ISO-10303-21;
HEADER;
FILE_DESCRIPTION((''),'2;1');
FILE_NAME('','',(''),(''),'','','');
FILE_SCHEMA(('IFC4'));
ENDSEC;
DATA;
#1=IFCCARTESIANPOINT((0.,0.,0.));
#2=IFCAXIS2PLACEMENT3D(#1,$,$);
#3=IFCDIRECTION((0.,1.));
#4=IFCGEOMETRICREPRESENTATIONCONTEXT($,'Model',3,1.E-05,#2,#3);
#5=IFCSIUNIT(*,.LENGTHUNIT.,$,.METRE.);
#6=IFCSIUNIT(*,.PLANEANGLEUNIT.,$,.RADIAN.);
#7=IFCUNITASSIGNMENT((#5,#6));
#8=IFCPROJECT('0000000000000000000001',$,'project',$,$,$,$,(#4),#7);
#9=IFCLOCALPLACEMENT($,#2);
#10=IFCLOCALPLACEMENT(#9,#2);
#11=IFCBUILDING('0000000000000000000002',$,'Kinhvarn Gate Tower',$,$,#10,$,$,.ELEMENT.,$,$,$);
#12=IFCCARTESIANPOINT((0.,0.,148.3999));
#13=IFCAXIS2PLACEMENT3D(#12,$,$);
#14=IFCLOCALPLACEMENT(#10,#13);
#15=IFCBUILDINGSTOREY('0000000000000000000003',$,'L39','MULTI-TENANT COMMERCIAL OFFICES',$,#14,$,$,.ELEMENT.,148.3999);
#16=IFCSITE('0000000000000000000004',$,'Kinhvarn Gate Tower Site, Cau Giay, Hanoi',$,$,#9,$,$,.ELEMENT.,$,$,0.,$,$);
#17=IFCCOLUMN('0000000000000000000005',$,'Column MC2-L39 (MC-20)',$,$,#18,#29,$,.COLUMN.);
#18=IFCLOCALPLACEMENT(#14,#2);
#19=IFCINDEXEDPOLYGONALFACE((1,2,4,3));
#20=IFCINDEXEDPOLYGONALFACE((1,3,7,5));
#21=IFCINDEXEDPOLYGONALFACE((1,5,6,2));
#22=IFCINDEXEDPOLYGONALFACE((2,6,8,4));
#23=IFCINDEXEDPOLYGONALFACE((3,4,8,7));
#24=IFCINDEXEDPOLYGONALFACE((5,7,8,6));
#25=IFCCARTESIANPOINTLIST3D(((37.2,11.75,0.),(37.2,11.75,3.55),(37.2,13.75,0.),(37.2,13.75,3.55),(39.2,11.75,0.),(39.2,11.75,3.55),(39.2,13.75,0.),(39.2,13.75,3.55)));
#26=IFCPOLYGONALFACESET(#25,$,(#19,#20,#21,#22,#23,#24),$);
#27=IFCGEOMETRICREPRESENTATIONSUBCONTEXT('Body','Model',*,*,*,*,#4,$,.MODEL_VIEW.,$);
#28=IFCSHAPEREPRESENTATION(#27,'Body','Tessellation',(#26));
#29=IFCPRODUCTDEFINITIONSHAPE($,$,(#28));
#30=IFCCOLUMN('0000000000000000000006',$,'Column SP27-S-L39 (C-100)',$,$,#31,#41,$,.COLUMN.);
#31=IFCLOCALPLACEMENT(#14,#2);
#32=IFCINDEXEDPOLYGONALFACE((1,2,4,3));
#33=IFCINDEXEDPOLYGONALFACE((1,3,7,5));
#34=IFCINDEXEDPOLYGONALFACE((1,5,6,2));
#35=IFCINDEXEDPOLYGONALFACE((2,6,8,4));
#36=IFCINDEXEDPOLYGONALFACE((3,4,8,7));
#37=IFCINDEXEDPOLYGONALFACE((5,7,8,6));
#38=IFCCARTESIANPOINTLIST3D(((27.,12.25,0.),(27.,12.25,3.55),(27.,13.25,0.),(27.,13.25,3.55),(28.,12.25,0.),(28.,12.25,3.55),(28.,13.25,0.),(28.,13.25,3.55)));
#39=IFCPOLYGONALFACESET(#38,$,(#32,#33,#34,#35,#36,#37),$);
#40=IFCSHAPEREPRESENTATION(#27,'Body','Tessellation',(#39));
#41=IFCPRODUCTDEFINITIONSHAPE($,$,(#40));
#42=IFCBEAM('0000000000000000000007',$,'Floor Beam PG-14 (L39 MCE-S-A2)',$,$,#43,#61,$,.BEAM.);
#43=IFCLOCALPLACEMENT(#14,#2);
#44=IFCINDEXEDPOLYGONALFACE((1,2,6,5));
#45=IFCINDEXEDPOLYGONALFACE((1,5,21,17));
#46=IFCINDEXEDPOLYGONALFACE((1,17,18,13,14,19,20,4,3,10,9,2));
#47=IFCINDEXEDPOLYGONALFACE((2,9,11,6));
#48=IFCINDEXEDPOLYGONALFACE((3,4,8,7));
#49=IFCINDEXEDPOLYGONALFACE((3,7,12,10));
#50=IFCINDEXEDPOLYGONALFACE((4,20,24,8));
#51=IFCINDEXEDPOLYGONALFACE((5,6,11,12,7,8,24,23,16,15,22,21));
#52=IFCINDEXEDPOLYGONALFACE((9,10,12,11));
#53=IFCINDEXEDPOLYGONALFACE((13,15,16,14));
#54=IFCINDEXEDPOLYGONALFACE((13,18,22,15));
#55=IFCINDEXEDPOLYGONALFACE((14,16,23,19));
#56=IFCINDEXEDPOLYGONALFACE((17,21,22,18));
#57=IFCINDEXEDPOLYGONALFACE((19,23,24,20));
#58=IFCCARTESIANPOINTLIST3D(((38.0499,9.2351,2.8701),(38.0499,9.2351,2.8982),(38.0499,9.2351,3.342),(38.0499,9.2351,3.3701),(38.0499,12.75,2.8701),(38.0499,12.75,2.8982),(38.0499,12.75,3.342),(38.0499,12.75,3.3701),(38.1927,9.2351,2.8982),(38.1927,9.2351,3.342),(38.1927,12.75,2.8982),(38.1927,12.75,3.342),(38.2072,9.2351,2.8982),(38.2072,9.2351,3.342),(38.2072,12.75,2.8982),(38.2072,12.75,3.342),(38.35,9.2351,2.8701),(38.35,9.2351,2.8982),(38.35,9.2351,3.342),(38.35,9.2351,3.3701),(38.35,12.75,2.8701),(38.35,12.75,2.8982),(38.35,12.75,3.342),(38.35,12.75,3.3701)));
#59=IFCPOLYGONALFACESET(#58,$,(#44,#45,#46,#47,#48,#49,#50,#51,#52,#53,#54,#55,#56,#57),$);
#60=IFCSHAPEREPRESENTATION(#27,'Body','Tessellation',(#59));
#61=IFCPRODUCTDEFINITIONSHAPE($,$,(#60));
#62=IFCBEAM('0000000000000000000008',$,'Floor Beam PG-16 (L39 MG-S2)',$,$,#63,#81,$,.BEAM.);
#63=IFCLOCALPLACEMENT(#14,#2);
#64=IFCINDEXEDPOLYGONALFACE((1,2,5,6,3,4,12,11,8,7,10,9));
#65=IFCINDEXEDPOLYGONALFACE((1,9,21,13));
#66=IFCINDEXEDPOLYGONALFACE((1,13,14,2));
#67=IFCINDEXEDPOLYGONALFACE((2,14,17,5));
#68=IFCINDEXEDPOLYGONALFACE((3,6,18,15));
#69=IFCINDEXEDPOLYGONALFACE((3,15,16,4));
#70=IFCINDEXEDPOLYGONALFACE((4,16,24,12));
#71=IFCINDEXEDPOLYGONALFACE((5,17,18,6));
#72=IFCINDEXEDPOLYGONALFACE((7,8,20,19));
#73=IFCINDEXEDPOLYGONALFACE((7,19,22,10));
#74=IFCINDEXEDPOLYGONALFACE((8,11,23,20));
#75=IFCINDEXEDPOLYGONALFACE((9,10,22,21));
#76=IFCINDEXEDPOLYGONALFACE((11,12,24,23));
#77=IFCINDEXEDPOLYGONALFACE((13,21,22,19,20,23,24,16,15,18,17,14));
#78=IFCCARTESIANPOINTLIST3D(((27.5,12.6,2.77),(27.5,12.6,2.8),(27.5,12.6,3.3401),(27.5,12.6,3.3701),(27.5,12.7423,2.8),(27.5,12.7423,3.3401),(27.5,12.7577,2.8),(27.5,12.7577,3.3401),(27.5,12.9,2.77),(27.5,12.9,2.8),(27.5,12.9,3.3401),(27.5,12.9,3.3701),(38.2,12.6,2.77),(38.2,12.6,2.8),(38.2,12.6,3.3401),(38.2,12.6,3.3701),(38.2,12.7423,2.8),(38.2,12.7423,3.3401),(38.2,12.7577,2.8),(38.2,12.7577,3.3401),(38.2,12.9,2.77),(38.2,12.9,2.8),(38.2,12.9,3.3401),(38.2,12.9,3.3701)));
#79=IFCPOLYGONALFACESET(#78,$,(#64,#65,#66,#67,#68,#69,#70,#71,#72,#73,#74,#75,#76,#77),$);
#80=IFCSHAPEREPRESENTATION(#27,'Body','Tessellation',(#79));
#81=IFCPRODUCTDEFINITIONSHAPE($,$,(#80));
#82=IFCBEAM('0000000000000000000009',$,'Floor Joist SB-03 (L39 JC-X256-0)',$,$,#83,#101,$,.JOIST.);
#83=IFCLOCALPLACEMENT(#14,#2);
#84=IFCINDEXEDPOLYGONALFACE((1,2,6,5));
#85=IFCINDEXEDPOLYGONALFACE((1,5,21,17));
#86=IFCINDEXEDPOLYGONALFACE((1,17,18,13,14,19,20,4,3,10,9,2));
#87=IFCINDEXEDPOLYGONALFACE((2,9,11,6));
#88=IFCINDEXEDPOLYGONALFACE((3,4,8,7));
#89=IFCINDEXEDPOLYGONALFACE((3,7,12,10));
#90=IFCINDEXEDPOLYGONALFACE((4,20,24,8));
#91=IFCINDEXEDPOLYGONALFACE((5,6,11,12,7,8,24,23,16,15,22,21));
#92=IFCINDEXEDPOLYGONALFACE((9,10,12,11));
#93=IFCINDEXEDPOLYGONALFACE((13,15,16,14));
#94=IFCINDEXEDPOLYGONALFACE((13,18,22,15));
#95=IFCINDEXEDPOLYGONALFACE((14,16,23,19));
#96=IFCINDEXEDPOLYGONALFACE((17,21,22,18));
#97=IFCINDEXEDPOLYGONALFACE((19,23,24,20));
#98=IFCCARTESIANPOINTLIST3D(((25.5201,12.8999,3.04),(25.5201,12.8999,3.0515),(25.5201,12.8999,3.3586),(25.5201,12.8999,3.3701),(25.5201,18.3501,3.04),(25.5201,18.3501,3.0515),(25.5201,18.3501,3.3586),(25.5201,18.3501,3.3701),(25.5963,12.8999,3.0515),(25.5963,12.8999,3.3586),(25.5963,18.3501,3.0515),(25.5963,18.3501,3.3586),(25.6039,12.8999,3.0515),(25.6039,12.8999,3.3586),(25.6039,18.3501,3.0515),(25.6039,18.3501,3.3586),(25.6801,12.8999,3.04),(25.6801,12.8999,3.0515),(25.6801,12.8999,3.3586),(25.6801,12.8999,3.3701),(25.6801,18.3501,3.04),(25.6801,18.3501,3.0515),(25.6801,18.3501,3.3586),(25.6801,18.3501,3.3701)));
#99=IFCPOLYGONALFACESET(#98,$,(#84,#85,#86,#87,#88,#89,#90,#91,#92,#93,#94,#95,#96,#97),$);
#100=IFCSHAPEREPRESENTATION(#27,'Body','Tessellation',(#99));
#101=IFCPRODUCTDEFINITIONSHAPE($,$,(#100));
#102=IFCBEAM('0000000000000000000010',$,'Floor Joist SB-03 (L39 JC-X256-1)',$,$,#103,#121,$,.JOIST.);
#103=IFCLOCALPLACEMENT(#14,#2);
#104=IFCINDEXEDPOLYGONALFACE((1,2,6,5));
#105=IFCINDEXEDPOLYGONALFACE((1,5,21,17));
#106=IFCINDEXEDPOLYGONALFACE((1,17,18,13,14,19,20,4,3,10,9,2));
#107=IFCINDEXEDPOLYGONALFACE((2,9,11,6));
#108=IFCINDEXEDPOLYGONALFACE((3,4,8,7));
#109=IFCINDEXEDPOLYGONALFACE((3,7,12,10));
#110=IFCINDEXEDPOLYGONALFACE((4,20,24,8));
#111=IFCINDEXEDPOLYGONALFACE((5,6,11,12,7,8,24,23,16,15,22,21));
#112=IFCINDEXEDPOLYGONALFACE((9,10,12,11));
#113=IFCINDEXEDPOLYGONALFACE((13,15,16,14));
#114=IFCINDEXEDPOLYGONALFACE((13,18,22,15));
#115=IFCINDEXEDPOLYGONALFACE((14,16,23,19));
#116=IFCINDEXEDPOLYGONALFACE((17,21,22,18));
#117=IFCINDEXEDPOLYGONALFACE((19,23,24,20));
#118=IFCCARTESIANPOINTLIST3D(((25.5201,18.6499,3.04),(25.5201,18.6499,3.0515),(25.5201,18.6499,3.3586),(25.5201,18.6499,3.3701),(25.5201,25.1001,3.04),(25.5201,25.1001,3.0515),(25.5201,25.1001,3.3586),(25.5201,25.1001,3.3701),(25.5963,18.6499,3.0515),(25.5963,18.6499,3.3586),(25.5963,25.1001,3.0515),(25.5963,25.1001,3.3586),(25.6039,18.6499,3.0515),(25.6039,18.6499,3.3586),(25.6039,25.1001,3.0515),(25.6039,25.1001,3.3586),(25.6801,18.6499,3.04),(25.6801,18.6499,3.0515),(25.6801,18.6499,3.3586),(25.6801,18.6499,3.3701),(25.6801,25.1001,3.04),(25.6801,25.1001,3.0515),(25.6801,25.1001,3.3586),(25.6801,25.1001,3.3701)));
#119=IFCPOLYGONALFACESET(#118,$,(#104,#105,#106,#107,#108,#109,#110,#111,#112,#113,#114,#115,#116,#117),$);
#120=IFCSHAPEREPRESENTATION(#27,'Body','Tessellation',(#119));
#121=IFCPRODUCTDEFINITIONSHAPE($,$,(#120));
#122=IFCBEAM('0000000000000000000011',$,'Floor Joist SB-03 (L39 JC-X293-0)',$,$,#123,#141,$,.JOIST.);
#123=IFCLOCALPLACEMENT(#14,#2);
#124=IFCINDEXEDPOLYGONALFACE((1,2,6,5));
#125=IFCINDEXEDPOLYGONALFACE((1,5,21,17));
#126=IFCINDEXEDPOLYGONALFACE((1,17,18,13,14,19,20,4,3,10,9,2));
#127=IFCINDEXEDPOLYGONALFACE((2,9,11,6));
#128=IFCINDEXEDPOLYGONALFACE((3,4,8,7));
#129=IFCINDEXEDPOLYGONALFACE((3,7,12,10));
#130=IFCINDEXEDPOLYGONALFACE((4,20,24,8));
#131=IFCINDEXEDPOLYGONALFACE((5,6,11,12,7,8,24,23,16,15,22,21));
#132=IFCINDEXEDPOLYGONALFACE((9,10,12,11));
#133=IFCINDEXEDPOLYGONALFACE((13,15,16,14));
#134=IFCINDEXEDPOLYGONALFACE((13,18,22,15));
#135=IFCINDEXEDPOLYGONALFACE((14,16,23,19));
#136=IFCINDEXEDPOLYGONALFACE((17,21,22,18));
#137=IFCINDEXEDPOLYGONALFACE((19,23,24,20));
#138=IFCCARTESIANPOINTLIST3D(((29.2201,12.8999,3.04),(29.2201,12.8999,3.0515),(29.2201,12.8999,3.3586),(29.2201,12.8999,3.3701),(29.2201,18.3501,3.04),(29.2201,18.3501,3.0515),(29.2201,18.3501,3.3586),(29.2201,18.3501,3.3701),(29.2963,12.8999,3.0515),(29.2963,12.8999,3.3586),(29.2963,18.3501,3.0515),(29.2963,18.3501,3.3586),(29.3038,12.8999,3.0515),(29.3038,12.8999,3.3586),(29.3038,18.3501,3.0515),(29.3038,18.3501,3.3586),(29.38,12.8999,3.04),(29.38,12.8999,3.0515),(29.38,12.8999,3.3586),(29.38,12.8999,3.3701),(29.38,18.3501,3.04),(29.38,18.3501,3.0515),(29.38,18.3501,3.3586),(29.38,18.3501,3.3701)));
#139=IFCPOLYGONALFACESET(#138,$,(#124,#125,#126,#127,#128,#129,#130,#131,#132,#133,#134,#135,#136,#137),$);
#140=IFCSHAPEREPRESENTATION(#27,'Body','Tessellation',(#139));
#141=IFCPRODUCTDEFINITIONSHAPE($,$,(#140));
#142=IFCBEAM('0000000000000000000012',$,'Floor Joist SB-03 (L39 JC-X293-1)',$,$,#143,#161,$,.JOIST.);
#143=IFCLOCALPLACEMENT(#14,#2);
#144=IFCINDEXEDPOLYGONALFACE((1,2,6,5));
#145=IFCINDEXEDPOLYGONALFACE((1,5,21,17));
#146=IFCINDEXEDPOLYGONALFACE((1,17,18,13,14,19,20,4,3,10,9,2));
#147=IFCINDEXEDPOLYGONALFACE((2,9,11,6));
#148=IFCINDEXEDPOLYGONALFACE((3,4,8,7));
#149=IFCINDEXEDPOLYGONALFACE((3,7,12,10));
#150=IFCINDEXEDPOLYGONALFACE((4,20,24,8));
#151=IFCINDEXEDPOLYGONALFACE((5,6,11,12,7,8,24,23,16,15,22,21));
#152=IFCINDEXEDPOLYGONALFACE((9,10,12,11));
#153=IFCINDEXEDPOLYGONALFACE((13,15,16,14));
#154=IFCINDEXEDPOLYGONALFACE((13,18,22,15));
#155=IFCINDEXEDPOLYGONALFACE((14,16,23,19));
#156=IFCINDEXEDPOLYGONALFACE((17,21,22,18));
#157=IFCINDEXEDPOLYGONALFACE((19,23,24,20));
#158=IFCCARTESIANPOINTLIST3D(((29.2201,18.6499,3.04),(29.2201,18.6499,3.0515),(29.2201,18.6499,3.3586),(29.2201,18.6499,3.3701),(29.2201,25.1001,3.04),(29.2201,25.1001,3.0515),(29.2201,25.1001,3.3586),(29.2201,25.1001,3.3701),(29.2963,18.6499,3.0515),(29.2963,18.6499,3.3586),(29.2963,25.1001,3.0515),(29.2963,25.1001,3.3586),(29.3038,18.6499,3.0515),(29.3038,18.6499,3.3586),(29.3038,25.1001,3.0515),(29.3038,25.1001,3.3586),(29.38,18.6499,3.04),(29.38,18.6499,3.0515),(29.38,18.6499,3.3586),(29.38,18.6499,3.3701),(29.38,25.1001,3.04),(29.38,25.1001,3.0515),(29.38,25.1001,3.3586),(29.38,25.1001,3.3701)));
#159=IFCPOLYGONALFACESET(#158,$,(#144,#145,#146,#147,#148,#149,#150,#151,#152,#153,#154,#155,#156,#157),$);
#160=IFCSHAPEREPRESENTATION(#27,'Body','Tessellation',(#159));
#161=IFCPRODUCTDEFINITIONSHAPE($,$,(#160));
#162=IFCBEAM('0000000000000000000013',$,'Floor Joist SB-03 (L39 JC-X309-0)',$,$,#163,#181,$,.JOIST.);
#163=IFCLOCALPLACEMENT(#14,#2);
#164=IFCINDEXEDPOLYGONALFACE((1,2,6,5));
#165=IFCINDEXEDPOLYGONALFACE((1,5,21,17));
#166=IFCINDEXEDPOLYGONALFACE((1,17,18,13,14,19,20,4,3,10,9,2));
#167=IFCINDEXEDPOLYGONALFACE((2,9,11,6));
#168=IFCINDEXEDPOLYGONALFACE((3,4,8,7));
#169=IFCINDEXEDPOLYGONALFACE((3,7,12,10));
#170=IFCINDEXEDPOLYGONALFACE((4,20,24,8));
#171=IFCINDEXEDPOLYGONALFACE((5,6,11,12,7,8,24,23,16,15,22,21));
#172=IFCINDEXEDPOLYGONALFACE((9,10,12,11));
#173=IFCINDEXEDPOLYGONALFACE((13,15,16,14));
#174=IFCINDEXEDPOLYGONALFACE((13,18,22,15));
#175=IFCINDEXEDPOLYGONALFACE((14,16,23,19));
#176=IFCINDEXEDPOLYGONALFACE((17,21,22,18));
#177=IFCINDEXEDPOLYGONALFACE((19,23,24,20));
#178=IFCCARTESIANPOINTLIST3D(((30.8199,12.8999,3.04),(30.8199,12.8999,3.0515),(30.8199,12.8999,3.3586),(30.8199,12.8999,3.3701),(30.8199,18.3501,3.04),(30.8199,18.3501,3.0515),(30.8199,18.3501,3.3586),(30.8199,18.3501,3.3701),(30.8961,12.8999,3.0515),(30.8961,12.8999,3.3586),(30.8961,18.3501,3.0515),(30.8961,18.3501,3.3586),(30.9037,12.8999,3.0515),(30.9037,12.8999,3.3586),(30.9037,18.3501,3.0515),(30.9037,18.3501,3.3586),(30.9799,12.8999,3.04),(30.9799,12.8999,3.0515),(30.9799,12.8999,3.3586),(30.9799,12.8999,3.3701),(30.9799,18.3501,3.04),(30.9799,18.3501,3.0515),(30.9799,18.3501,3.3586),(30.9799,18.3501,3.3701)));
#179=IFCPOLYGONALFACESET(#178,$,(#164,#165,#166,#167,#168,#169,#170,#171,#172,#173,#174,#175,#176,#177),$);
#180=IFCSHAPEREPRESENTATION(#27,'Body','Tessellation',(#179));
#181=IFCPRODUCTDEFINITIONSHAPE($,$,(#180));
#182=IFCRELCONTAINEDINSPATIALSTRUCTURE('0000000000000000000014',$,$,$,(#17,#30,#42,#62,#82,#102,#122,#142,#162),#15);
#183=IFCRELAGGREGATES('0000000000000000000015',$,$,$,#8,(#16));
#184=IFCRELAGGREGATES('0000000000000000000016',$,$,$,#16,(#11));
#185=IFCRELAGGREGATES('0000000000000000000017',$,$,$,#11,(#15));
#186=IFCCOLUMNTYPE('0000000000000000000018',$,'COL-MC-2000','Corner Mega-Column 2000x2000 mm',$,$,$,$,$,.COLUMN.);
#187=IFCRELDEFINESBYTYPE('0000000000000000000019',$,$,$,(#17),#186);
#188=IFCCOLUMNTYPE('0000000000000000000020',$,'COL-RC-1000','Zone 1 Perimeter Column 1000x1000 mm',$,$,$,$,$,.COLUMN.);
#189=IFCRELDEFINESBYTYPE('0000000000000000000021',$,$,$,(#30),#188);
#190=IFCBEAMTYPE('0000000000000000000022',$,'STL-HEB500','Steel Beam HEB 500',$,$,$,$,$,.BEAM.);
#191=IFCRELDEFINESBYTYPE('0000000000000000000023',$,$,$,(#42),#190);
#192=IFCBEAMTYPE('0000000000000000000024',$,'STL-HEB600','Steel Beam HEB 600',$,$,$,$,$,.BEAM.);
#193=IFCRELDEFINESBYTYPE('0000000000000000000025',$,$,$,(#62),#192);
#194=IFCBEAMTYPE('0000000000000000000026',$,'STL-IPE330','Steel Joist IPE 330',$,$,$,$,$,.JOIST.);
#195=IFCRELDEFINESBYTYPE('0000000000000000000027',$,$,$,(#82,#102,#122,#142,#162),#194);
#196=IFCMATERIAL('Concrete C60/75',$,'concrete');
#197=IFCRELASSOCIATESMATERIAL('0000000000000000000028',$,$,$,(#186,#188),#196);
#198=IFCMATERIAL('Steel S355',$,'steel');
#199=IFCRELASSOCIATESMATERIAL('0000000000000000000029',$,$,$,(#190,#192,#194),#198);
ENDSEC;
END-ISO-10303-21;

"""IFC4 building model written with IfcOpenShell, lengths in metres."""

from ifc_helpers import new_model, si_unit, direction, frame, origin, origin_2d, place, context, subcontext, project, spatial, rectangle, i_section, extrude, material, material_profile, profile_set, type_object, element, save


model = new_model("IFC4")

# Units and contexts
model_context = context("Model", 3, precision=1e-05, world=origin(), true_north=direction((0.0, 1.0)))
body_context = subcontext(model_context, "Body", "Model", "MODEL_VIEW")
ifc_project = project(units=[si_unit("LENGTHUNIT", "METRE"), si_unit("PLANEANGLEUNIT", "RADIAN")], contexts=[model_context])

# Site, building, storey
site_placement = place(None, origin())
site = spatial("IfcSite", under=ifc_project, at=site_placement, Name="Kinhvarn Gate Tower Site, Cau Giay, Hanoi", CompositionType="ELEMENT", RefElevation=0.0)
building_placement = place(site_placement, origin())
building = spatial("IfcBuilding", under=site, at=building_placement, Name="Kinhvarn Gate Tower", CompositionType="ELEMENT")
storey_placement = place(building_placement, frame((0.0, 0.0, 148.3999)))
storey = spatial("IfcBuildingStorey", under=building, at=storey_placement, Name="L39", Description="MULTI-TENANT COMMERCIAL OFFICES", CompositionType="ELEMENT", Elevation=148.3999)

# Columns
ifc_material_1 = material(Name="Concrete C60/75", Category="concrete")
ifc_material_profile_1 = material_profile(ifc_material_1, rectangle(XDim=2.0, YDim=2.0, at=origin_2d()), Name="RC 2000x2000")
ifc_profile_set_1 = profile_set([ifc_material_profile_1], Name="Concrete C60/75")
column_type_1 = type_object("IfcColumnType", Name="COL-MC-2000", Description="Corner Mega-Column 2000x2000 mm", PredefinedType="COLUMN", material=ifc_profile_set_1)
column_1_placement = place(storey_placement, frame((38.2, 12.75, 0.0), z_axis=(0.0, 0.0, 1.0), x_axis=(1.0, 0.0, 0.0)))
element("IfcColumn", 1, at=column_1_placement, inside=storey, type_object=column_type_1, Name="Column MC2-L39 (MC-20)", PredefinedType="COLUMN", context=body_context, shape_type="SweptSolid", body=[
    extrude(rectangle(XDim=2.0, YDim=2.0, at=origin_2d()), origin(), (0.0, 0.0, 1.0), 3.55),
])
ifc_material_profile_2 = material_profile(ifc_material_1, rectangle(XDim=1.0, YDim=1.0, at=origin_2d()), Name="RC 1000x1000")
ifc_profile_set_2 = profile_set([ifc_material_profile_2], Name="Concrete C60/75")
column_type_2 = type_object("IfcColumnType", Name="COL-RC-1000", Description="Zone 1 Perimeter Column 1000x1000 mm", PredefinedType="COLUMN", material=ifc_profile_set_2)
column_2_placement = place(storey_placement, frame((27.5, 12.75, 0.0), z_axis=(0.0, 0.0, 1.0), x_axis=(1.0, 0.0, 0.0)))
element("IfcColumn", 2, at=column_2_placement, inside=storey, type_object=column_type_2, Name="Column SP27-S-L39 (C-100)", PredefinedType="COLUMN", context=body_context, shape_type="SweptSolid", body=[
    extrude(rectangle(XDim=1.0, YDim=1.0, at=origin_2d()), origin(), (0.0, 0.0, 1.0), 3.55),
])

# Beams
ifc_material_2 = material(Name="Steel S355", Category="steel")
ifc_material_profile_3 = material_profile(ifc_material_2, i_section(OverallWidth=0.3, OverallDepth=0.5, WebThickness=0.0144, FlangeThickness=0.0281, at=origin_2d()), Name="HEB 500")
ifc_profile_set_3 = profile_set([ifc_material_profile_3], Name="Steel S355")
beam_type_1 = type_object("IfcBeamType", Name="STL-HEB500", Description="Steel Beam HEB 500", PredefinedType="BEAM", material=ifc_profile_set_3)
beam_1_placement = place(storey_placement, frame((38.2, 9.2351, 3.1201), z_axis=(0.0, 1.0, 0.0), x_axis=(-1.0, 0.0, 0.0)))
element("IfcBeam", 3, at=beam_1_placement, inside=storey, type_object=beam_type_1, Name="Floor Beam PG-14 (L39 MCE-S-A2)", PredefinedType="BEAM", context=body_context, shape_type="SweptSolid", body=[
    extrude(i_section(OverallWidth=0.3, OverallDepth=0.5, WebThickness=0.0144, FlangeThickness=0.0281, at=origin_2d()), origin(), (0.0, 0.0, 1.0), 3.5149),
])
ifc_material_profile_4 = material_profile(ifc_material_2, i_section(OverallWidth=0.3, OverallDepth=0.6001, WebThickness=0.0154, FlangeThickness=0.03, at=origin_2d()), Name="HEB 600")
ifc_profile_set_4 = profile_set([ifc_material_profile_4], Name="Steel S355")
beam_type_2 = type_object("IfcBeamType", Name="STL-HEB600", Description="Steel Beam HEB 600", PredefinedType="BEAM", material=ifc_profile_set_4)
beam_2_placement = place(storey_placement, frame((27.5, 12.75, 3.0701), z_axis=(1.0, 0.0, 0.0), x_axis=(0.0, 1.0, 0.0)))
element("IfcBeam", 4, at=beam_2_placement, inside=storey, type_object=beam_type_2, Name="Floor Beam PG-16 (L39 MG-S2)", PredefinedType="BEAM", context=body_context, shape_type="SweptSolid", body=[
    extrude(i_section(OverallWidth=0.3, OverallDepth=0.6001, WebThickness=0.0154, FlangeThickness=0.03, at=origin_2d()), origin(), (0.0, 0.0, 1.0), 10.7),
])
ifc_material_profile_5 = material_profile(ifc_material_2, i_section(OverallWidth=0.1599, OverallDepth=0.3301, WebThickness=0.0076, FlangeThickness=0.0115, at=origin_2d()), Name="IPE 330")
ifc_profile_set_5 = profile_set([ifc_material_profile_5], Name="Steel S355")
beam_type_3 = type_object("IfcBeamType", Name="STL-IPE330", Description="Steel Joist IPE 330", PredefinedType="JOIST", material=ifc_profile_set_5)
beam_3_placement = place(storey_placement, frame((25.6001, 12.8999, 3.2051), z_axis=(0.0, 1.0, 0.0), x_axis=(-1.0, 0.0, 0.0)))
element("IfcBeam", 5, at=beam_3_placement, inside=storey, type_object=beam_type_3, Name="Floor Joist SB-03 (L39 JC-X256-0)", PredefinedType="JOIST", context=body_context, shape_type="SweptSolid", body=[
    extrude(i_section(OverallWidth=0.1599, OverallDepth=0.3301, WebThickness=0.0076, FlangeThickness=0.0115, at=origin_2d()), origin(), (0.0, 0.0, 1.0), 5.4502),
])
beam_4_placement = place(storey_placement, frame((25.6001, 18.6499, 3.2051), z_axis=(0.0, 1.0, 0.0), x_axis=(-1.0, 0.0, 0.0)))
element("IfcBeam", 6, at=beam_4_placement, inside=storey, type_object=beam_type_3, Name="Floor Joist SB-03 (L39 JC-X256-1)", PredefinedType="JOIST", context=body_context, shape_type="SweptSolid", body=[
    extrude(i_section(OverallWidth=0.1599, OverallDepth=0.3301, WebThickness=0.0076, FlangeThickness=0.0115, at=origin_2d()), origin(), (0.0, 0.0, 1.0), 6.4502),
])
beam_5_placement = place(storey_placement, frame((29.3, 12.8999, 3.2051), z_axis=(0.0, 1.0, 0.0), x_axis=(-1.0, 0.0, 0.0)))
element("IfcBeam", 7, at=beam_5_placement, inside=storey, type_object=beam_type_3, Name="Floor Joist SB-03 (L39 JC-X293-0)", PredefinedType="JOIST", context=body_context, shape_type="SweptSolid", body=[
    extrude(i_section(OverallWidth=0.1599, OverallDepth=0.3301, WebThickness=0.0076, FlangeThickness=0.0115, at=origin_2d()), origin(), (0.0, 0.0, 1.0), 5.4502),
])
beam_6_placement = place(storey_placement, frame((29.3, 18.6499, 3.2051), z_axis=(0.0, 1.0, 0.0), x_axis=(-1.0, 0.0, 0.0)))
element("IfcBeam", 8, at=beam_6_placement, inside=storey, type_object=beam_type_3, Name="Floor Joist SB-03 (L39 JC-X293-1)", PredefinedType="JOIST", context=body_context, shape_type="SweptSolid", body=[
    extrude(i_section(OverallWidth=0.1599, OverallDepth=0.3301, WebThickness=0.0076, FlangeThickness=0.0115, at=origin_2d()), origin(), (0.0, 0.0, 1.0), 6.4502),
])
beam_7_placement = place(storey_placement, frame((30.8999, 12.8999, 3.2051), z_axis=(0.0, 1.0, 0.0), x_axis=(-1.0, 0.0, 0.0)))
element("IfcBeam", 9, at=beam_7_placement, inside=storey, type_object=beam_type_3, Name="Floor Joist SB-03 (L39 JC-X309-0)", PredefinedType="JOIST", context=body_context, shape_type="SweptSolid", body=[
    extrude(i_section(OverallWidth=0.1599, OverallDepth=0.3301, WebThickness=0.0076, FlangeThickness=0.0115, at=origin_2d()), origin(), (0.0, 0.0, 1.0), 5.4502),
])

save(model, "model.ifc")
